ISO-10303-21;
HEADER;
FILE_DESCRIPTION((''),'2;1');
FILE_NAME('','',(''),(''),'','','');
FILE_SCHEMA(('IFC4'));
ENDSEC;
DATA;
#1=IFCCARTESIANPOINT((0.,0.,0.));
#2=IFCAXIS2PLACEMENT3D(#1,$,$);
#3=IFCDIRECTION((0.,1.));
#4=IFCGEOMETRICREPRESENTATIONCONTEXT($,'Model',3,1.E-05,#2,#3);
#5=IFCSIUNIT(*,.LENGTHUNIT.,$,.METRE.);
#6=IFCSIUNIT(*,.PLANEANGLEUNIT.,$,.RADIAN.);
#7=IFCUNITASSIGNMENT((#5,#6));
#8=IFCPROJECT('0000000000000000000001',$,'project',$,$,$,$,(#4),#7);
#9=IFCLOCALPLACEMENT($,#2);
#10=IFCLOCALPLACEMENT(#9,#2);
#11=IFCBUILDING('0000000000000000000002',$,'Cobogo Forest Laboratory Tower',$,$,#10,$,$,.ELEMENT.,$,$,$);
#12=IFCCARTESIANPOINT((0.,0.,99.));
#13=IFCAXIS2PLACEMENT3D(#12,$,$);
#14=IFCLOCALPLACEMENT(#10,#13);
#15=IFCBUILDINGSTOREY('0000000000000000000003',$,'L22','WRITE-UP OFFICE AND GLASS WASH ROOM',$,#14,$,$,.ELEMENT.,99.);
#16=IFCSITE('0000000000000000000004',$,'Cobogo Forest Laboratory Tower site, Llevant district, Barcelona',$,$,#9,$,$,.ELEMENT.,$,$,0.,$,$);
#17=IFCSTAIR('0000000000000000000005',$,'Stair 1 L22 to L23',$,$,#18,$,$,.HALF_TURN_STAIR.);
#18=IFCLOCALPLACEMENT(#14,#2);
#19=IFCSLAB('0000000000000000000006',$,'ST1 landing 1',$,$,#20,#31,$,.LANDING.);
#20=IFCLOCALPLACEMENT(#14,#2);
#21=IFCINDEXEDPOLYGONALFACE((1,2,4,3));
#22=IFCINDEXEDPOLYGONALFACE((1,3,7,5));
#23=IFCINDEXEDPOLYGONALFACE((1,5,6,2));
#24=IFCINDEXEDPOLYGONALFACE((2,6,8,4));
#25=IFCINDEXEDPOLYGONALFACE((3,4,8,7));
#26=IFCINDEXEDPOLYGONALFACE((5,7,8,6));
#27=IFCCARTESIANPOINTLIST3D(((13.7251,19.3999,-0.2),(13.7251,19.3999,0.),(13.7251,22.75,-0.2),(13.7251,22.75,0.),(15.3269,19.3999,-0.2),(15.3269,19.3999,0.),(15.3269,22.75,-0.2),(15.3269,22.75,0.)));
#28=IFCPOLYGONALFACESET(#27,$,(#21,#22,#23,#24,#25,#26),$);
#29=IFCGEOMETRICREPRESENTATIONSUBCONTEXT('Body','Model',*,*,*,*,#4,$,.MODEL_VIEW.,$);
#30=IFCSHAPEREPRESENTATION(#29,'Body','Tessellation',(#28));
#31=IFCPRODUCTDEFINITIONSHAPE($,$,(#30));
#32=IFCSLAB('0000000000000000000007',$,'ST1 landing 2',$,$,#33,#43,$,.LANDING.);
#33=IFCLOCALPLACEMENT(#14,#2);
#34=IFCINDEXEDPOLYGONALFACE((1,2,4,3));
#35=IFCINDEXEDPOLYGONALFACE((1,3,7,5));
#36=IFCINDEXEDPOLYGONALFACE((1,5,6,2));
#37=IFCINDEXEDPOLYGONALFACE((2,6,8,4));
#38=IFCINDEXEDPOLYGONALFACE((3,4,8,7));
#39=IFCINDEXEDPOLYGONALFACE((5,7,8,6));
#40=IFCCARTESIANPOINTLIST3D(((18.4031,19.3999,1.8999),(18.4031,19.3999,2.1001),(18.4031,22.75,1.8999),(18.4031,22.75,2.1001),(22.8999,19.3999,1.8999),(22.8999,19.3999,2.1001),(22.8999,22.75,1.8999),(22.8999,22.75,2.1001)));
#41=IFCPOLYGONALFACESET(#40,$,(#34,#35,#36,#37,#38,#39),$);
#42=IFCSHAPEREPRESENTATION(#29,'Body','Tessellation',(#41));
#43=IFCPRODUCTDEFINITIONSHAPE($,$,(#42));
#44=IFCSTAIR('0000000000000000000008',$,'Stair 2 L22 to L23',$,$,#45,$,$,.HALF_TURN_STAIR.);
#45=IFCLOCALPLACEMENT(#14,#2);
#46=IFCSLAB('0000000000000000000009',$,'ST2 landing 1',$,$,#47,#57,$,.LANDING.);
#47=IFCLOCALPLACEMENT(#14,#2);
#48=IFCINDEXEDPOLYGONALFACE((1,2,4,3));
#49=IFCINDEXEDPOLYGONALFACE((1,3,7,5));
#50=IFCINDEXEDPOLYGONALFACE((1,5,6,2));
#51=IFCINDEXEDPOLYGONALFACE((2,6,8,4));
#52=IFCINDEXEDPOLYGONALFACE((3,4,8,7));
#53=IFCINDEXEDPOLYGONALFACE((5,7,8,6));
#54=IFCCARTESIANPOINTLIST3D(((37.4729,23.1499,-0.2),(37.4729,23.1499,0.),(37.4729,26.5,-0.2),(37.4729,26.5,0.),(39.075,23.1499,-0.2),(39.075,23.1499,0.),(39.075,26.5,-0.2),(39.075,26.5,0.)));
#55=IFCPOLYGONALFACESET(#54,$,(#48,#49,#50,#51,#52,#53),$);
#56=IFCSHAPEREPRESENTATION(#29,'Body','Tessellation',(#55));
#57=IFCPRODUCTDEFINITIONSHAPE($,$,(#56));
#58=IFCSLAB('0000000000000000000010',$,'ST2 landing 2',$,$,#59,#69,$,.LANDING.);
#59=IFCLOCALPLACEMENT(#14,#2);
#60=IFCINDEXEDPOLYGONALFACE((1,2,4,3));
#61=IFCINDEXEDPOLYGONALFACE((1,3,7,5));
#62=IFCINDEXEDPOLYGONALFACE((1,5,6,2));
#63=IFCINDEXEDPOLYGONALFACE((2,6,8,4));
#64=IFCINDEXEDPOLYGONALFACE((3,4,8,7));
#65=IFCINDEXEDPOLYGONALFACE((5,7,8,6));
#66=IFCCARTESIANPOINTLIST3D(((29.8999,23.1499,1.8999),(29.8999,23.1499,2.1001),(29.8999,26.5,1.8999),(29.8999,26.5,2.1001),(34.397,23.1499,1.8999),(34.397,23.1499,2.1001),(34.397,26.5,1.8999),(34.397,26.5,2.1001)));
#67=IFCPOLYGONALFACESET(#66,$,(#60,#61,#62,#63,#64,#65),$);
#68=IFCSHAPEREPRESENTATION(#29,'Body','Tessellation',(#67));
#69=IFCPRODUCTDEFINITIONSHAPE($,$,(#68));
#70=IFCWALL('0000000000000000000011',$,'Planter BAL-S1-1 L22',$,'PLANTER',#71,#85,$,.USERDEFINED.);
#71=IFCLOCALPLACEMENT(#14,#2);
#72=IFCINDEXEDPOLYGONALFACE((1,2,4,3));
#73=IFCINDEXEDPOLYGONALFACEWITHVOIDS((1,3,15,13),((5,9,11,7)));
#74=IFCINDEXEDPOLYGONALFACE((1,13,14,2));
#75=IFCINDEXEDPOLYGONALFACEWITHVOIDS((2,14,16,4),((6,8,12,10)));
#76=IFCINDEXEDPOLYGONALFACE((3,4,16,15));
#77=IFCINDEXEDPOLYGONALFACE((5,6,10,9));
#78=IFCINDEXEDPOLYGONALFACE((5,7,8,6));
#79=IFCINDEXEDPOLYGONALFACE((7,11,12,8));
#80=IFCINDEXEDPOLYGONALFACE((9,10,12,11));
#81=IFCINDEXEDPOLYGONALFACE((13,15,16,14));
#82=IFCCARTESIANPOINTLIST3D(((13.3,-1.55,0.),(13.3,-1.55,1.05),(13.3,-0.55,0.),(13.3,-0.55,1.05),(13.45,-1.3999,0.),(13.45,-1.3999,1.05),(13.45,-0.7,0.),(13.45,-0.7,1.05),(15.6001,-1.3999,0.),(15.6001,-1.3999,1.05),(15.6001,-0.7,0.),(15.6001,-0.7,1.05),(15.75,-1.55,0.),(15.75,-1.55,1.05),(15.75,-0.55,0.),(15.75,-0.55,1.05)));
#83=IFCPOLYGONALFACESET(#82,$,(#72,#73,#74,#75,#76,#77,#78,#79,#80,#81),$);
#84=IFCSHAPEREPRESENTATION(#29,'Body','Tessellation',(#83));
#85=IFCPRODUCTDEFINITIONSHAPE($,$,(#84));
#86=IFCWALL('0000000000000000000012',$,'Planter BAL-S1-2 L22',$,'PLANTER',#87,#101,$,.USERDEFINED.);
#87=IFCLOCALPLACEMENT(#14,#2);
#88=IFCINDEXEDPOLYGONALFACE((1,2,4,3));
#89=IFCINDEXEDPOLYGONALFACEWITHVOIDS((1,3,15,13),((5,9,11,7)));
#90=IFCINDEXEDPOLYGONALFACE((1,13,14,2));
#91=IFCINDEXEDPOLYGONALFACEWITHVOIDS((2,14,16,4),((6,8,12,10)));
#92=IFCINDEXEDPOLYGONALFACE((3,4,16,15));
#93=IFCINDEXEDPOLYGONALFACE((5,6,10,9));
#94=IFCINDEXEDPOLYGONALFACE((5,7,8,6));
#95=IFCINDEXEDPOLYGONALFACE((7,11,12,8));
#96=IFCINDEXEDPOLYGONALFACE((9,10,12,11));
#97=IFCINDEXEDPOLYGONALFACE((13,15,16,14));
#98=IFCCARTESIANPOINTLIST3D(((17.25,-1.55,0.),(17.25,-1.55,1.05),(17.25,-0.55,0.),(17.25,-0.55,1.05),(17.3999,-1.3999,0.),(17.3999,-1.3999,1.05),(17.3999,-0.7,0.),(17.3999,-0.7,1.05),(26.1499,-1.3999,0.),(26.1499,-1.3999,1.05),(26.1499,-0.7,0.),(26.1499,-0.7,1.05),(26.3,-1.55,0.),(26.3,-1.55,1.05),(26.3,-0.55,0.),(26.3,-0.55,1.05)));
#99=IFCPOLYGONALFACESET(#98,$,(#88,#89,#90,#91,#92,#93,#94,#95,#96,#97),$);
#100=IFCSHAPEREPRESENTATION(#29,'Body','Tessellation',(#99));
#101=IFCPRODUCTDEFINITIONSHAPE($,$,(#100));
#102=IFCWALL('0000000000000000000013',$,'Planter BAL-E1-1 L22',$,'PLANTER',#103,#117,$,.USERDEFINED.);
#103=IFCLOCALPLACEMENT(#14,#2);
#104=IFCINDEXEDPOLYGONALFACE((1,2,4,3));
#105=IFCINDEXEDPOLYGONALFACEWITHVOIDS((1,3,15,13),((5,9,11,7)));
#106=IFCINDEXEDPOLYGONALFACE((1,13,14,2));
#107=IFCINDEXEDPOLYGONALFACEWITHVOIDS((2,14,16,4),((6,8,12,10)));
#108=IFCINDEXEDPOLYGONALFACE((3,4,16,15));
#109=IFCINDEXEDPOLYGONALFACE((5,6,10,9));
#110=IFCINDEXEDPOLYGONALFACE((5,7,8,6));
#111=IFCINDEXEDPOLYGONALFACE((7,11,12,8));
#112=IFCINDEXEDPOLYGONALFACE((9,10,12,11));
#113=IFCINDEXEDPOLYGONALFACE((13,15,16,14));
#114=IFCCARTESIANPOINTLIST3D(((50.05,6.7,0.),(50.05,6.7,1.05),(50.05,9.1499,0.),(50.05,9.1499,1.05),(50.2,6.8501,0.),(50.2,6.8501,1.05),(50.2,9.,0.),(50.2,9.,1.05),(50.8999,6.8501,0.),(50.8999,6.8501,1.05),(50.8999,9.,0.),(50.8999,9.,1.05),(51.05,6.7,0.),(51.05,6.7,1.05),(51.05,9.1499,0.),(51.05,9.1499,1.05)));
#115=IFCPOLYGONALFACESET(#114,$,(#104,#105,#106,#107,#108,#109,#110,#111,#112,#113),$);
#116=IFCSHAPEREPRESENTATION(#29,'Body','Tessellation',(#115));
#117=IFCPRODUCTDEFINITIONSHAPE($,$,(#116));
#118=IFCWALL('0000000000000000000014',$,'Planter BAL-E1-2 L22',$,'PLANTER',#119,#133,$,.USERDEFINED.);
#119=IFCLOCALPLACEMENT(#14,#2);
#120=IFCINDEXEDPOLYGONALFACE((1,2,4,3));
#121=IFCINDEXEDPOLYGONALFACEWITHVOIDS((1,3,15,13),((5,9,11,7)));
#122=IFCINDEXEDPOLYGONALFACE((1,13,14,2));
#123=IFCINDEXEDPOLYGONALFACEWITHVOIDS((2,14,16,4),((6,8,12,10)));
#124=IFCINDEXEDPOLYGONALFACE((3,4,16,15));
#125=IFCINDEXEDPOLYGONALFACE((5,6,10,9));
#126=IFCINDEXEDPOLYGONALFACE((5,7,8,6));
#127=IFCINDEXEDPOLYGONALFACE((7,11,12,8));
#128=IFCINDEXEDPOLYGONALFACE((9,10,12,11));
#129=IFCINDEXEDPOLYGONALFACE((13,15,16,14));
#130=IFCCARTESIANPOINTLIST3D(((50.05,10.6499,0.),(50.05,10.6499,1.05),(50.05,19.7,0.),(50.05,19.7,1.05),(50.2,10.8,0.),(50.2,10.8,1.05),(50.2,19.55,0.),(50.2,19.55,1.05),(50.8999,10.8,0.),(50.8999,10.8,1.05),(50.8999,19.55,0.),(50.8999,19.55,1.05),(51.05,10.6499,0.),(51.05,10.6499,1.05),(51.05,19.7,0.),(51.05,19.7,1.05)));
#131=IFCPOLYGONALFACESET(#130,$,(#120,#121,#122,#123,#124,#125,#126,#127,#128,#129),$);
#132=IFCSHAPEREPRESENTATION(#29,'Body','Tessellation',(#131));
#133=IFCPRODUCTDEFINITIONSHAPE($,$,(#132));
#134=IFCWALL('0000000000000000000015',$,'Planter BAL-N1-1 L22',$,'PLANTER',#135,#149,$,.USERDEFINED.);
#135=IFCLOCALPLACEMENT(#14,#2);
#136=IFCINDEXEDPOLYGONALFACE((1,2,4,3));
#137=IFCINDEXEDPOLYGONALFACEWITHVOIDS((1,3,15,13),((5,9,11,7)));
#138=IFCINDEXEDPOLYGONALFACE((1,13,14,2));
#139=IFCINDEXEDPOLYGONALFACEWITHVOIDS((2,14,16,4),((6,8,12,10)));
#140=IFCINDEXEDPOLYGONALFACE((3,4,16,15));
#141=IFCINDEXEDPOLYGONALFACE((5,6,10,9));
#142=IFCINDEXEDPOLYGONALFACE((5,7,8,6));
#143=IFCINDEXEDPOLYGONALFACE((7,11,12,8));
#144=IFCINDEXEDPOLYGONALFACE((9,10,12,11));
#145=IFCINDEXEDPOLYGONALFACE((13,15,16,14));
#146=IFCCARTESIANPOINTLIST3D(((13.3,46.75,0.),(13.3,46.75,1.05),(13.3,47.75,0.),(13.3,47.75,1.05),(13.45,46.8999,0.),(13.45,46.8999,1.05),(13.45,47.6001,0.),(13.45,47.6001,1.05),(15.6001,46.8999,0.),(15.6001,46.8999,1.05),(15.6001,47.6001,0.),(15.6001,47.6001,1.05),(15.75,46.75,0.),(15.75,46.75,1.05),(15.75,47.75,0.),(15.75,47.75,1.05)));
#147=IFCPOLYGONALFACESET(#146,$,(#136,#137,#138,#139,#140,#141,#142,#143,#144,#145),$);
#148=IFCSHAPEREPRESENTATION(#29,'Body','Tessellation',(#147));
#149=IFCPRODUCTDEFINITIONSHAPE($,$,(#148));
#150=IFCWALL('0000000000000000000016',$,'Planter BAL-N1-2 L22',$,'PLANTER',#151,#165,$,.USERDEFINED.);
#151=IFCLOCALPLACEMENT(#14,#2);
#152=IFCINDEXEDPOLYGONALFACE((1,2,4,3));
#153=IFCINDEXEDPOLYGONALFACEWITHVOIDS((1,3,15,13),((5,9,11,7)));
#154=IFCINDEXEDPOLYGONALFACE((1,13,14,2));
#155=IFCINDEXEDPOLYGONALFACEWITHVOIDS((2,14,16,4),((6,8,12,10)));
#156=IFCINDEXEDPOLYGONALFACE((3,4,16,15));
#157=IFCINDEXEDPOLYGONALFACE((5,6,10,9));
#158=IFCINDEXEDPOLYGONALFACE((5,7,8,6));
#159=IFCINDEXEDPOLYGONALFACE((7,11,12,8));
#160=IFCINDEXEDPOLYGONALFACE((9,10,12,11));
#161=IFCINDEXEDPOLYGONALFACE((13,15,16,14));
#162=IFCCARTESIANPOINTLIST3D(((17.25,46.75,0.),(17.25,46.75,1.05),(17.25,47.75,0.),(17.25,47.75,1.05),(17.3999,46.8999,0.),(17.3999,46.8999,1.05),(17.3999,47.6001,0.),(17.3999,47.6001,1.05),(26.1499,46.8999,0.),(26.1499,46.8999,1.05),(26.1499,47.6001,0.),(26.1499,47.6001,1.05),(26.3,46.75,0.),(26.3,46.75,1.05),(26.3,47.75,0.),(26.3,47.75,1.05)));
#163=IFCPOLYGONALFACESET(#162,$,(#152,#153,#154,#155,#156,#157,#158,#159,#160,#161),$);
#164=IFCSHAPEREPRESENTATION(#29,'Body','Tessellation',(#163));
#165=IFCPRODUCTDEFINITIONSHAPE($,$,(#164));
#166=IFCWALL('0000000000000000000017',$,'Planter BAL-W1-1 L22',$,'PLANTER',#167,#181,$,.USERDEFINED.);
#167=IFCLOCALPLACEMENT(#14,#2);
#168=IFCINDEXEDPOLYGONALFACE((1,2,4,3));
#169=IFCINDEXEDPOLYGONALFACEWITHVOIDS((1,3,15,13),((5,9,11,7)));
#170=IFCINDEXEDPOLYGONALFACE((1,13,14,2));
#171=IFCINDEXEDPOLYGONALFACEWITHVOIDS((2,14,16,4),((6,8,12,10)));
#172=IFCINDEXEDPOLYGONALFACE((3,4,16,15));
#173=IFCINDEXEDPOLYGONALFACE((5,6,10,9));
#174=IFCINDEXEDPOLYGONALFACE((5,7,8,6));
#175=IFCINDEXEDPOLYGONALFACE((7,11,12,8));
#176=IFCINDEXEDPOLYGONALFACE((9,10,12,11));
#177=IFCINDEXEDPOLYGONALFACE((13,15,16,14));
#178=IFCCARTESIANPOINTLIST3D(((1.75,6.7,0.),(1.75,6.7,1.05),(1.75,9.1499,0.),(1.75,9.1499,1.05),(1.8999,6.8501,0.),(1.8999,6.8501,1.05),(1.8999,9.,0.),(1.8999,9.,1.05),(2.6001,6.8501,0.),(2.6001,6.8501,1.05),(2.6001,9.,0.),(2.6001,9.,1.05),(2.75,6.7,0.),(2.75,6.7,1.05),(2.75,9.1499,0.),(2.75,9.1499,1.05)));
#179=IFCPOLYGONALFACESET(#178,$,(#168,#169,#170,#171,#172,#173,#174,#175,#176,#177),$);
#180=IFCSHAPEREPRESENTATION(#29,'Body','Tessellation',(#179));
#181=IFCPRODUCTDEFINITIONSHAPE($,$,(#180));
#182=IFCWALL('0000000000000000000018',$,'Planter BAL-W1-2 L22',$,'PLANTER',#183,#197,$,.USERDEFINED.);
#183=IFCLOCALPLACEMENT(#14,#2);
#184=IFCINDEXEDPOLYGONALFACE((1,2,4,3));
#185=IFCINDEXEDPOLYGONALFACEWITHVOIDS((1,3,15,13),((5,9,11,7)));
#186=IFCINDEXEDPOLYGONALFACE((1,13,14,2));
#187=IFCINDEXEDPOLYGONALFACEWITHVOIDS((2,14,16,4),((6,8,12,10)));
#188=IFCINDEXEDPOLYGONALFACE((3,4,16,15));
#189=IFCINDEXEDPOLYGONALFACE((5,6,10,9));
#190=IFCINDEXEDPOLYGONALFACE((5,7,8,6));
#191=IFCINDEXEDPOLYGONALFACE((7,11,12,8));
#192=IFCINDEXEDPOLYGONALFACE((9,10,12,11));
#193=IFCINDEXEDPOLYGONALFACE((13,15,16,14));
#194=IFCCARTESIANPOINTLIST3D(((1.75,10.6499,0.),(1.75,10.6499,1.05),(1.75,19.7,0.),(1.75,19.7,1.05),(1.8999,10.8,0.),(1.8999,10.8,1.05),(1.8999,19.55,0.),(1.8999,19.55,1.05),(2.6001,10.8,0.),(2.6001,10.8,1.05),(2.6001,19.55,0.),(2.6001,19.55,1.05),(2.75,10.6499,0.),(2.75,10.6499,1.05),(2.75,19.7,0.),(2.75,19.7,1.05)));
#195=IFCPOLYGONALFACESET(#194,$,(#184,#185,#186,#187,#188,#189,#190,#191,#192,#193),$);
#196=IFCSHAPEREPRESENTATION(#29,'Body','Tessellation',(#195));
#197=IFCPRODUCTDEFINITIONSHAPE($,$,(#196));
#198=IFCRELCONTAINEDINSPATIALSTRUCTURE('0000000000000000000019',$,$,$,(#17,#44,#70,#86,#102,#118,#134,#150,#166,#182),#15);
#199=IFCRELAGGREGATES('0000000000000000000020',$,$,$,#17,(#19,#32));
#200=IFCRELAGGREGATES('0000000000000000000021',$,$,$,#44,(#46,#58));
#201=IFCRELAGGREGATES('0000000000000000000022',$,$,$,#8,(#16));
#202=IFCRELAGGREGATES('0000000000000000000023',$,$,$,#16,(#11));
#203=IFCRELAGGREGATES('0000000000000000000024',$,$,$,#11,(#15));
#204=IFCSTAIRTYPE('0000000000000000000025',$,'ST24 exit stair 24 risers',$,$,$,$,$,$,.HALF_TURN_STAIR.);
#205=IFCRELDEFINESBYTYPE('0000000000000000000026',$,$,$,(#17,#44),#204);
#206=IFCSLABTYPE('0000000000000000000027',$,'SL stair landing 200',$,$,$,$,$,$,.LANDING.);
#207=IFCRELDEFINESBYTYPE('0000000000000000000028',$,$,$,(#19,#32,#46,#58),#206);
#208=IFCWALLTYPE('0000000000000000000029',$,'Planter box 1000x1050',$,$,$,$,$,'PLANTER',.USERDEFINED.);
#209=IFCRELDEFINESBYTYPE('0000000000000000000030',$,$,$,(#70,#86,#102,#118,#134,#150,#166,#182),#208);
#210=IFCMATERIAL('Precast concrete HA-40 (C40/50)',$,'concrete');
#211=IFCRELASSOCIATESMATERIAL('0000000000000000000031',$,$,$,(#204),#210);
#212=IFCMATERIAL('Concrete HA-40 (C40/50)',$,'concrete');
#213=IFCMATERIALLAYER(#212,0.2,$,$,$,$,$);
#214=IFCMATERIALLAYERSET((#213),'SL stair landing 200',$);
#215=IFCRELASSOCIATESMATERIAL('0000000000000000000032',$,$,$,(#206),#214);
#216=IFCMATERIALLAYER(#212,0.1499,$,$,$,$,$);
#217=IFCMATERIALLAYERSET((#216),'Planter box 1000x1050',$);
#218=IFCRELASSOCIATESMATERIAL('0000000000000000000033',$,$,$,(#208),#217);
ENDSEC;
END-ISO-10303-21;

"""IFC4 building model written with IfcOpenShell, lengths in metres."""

from ifc_helpers import new_model, si_unit, direction, frame, origin, place, context, subcontext, project, spatial, polyline, outline, extrude, material, layer, layer_set, type_object, element, aggregate, save


model = new_model("IFC4")

# Units and contexts
model_context = context("Model", 3, precision=1e-05, world=origin(), true_north=direction((0.0, 1.0)))
body_context = subcontext(model_context, "Body", "Model", "MODEL_VIEW")
ifc_project = project(units=[si_unit("LENGTHUNIT", "METRE"), si_unit("PLANEANGLEUNIT", "RADIAN")], contexts=[model_context])

# Site, building, storey
site_placement = place(None, origin())
site = spatial("IfcSite", under=ifc_project, at=site_placement, Name="Cobogo Forest Laboratory Tower site, Llevant district, Barcelona", CompositionType="ELEMENT", RefElevation=0.0)
building_placement = place(site_placement, origin())
building = spatial("IfcBuilding", under=site, at=building_placement, Name="Cobogo Forest Laboratory Tower", CompositionType="ELEMENT")
storey_placement = place(building_placement, frame((0.0, 0.0, 99.0)))
storey = spatial("IfcBuildingStorey", under=building, at=storey_placement, Name="L22", Description="WRITE-UP OFFICE AND GLASS WASH ROOM", CompositionType="ELEMENT", Elevation=99.0)

# Shared definitions
ifc_material_1 = material(Name="Concrete HA-40 (C40/50)", Category="concrete")

# Stairs, slabs
ifc_material_2 = material(Name="Precast concrete HA-40 (C40/50)", Category="concrete")
stair_type = type_object("IfcStairType", Name="ST24 exit stair 24 risers", PredefinedType="HALF_TURN_STAIR", material=ifc_material_2)
stair_1_placement = place(storey_placement, origin())
stair_1 = element("IfcStair", 1, at=stair_1_placement, inside=storey, type_object=stair_type, Name="Stair 1 L22 to L23", PredefinedType="HALF_TURN_STAIR")
ifc_layer_1 = layer(ifc_material_1, 0.2)
ifc_layer_set_1 = layer_set([ifc_layer_1], Name="SL stair landing 200")
slab_type_1 = type_object("IfcSlabType", Name="SL stair landing 200", PredefinedType="LANDING", material=ifc_layer_set_1)
slab_1_placement = place(storey_placement, frame((0.0, 0.0, -0.2)))
slab_1 = element("IfcSlab", 2, at=slab_1_placement, type_object=slab_type_1, Name="ST1 landing 1", PredefinedType="LANDING", context=body_context, shape_type="SweptSolid", body=[
    extrude(outline(polyline([(13.7251, 19.3999), (15.3269, 19.3999), (15.3269, 22.75), (13.7251, 22.75), (13.7251, 19.3999)])), origin(), (0.0, 0.0, 1.0), 0.2),
])
slab_2_placement = place(storey_placement, frame((0.0, 0.0, 1.8999)))
slab_2 = element("IfcSlab", 3, at=slab_2_placement, type_object=slab_type_1, Name="ST1 landing 2", PredefinedType="LANDING", context=body_context, shape_type="SweptSolid", body=[
    extrude(outline(polyline([(18.4031, 19.3999), (22.8999, 19.3999), (22.8999, 22.75), (18.4031, 22.75), (18.4031, 19.3999)])), origin(), (0.0, 0.0, 1.0), 0.2002),
])
aggregate(stair_1, [slab_1, slab_2])
stair_2_placement = place(storey_placement, origin())
stair_2 = element("IfcStair", 4, at=stair_2_placement, inside=storey, type_object=stair_type, Name="Stair 2 L22 to L23", PredefinedType="HALF_TURN_STAIR")
slab_3_placement = place(storey_placement, frame((0.0, 0.0, -0.2)))
slab_3 = element("IfcSlab", 5, at=slab_3_placement, type_object=slab_type_1, Name="ST2 landing 1", PredefinedType="LANDING", context=body_context, shape_type="SweptSolid", body=[
    extrude(outline(polyline([(37.4729, 23.1499), (39.075, 23.1499), (39.075, 26.5), (37.4729, 26.5), (37.4729, 23.1499)])), origin(), (0.0, 0.0, 1.0), 0.2),
])
slab_4_placement = place(storey_placement, frame((0.0, 0.0, 1.8999)))
slab_4 = element("IfcSlab", 6, at=slab_4_placement, type_object=slab_type_1, Name="ST2 landing 2", PredefinedType="LANDING", context=body_context, shape_type="SweptSolid", body=[
    extrude(outline(polyline([(29.8999, 23.1499), (34.397, 23.1499), (34.397, 26.5), (29.8999, 26.5), (29.8999, 23.1499)])), origin(), (0.0, 0.0, 1.0), 0.2002),
])
aggregate(stair_2, [slab_3, slab_4])

# Walls
ifc_layer_2 = layer(ifc_material_1, 0.1499)
ifc_layer_set_2 = layer_set([ifc_layer_2], Name="Planter box 1000x1050")
wall_type = type_object("IfcWallType", Name="Planter box 1000x1050", ElementType="PLANTER", PredefinedType="USERDEFINED", material=ifc_layer_set_2)
wall_1_placement = place(storey_placement, origin())
element("IfcWall", 7, at=wall_1_placement, inside=storey, type_object=wall_type, Name="Planter BAL-S1-1 L22", ObjectType="PLANTER", PredefinedType="USERDEFINED", context=body_context, shape_type="SweptSolid", body=[
    extrude(outline(polyline([(13.3, -1.55), (15.75, -1.55), (15.75, -0.55), (13.3, -0.55), (13.3, -1.55)]), holes=[polyline([(13.45, -1.3999), (15.6001, -1.3999), (15.6001, -0.7), (13.45, -0.7), (13.45, -1.3999)])]), origin(), (0.0, 0.0, 1.0), 1.05),
])
wall_2_placement = place(storey_placement, origin())
element("IfcWall", 8, at=wall_2_placement, inside=storey, type_object=wall_type, Name="Planter BAL-S1-2 L22", ObjectType="PLANTER", PredefinedType="USERDEFINED", context=body_context, shape_type="SweptSolid", body=[
    extrude(outline(polyline([(17.25, -1.55), (26.3, -1.55), (26.3, -0.55), (17.25, -0.55), (17.25, -1.55)]), holes=[polyline([(17.3999, -1.3999), (26.1499, -1.3999), (26.1499, -0.7), (17.3999, -0.7), (17.3999, -1.3999)])]), origin(), (0.0, 0.0, 1.0), 1.05),
])
wall_3_placement = place(storey_placement, origin())
element("IfcWall", 9, at=wall_3_placement, inside=storey, type_object=wall_type, Name="Planter BAL-E1-1 L22", ObjectType="PLANTER", PredefinedType="USERDEFINED", context=body_context, shape_type="SweptSolid", body=[
    extrude(outline(polyline([(50.05, 6.7), (51.05, 6.7), (51.05, 9.1499), (50.05, 9.1499), (50.05, 6.7)]), holes=[polyline([(50.2, 6.8501), (50.8999, 6.8501), (50.8999, 9.0), (50.2, 9.0), (50.2, 6.8501)])]), origin(), (0.0, 0.0, 1.0), 1.05),
])
wall_4_placement = place(storey_placement, origin())
element("IfcWall", 10, at=wall_4_placement, inside=storey, type_object=wall_type, Name="Planter BAL-E1-2 L22", ObjectType="PLANTER", PredefinedType="USERDEFINED", context=body_context, shape_type="SweptSolid", body=[
    extrude(outline(polyline([(50.05, 10.6499), (51.05, 10.6499), (51.05, 19.7), (50.05, 19.7), (50.05, 10.6499)]), holes=[polyline([(50.2, 10.8), (50.8999, 10.8), (50.8999, 19.55), (50.2, 19.55), (50.2, 10.8)])]), origin(), (0.0, 0.0, 1.0), 1.05),
])
wall_5_placement = place(storey_placement, origin())
element("IfcWall", 11, at=wall_5_placement, inside=storey, type_object=wall_type, Name="Planter BAL-N1-1 L22", ObjectType="PLANTER", PredefinedType="USERDEFINED", context=body_context, shape_type="SweptSolid", body=[
    extrude(outline(polyline([(13.3, 46.75), (15.75, 46.75), (15.75, 47.75), (13.3, 47.75), (13.3, 46.75)]), holes=[polyline([(13.45, 46.8999), (15.6001, 46.8999), (15.6001, 47.6001), (13.45, 47.6001), (13.45, 46.8999)])]), origin(), (0.0, 0.0, 1.0), 1.05),
])
wall_6_placement = place(storey_placement, origin())
element("IfcWall", 12, at=wall_6_placement, inside=storey, type_object=wall_type, Name="Planter BAL-N1-2 L22", ObjectType="PLANTER", PredefinedType="USERDEFINED", context=body_context, shape_type="SweptSolid", body=[
    extrude(outline(polyline([(17.25, 46.75), (26.3, 46.75), (26.3, 47.75), (17.25, 47.75), (17.25, 46.75)]), holes=[polyline([(17.3999, 46.8999), (26.1499, 46.8999), (26.1499, 47.6001), (17.3999, 47.6001), (17.3999, 46.8999)])]), origin(), (0.0, 0.0, 1.0), 1.05),
])
wall_7_placement = place(storey_placement, origin())
element("IfcWall", 13, at=wall_7_placement, inside=storey, type_object=wall_type, Name="Planter BAL-W1-1 L22", ObjectType="PLANTER", PredefinedType="USERDEFINED", context=body_context, shape_type="SweptSolid", body=[
    extrude(outline(polyline([(1.75, 6.7), (2.75, 6.7), (2.75, 9.1499), (1.75, 9.1499), (1.75, 6.7)]), holes=[polyline([(1.8999, 6.8501), (2.6001, 6.8501), (2.6001, 9.0), (1.8999, 9.0), (1.8999, 6.8501)])]), origin(), (0.0, 0.0, 1.0), 1.05),
])
wall_8_placement = place(storey_placement, origin())
element("IfcWall", 14, at=wall_8_placement, inside=storey, type_object=wall_type, Name="Planter BAL-W1-2 L22", ObjectType="PLANTER", PredefinedType="USERDEFINED", context=body_context, shape_type="SweptSolid", body=[
    extrude(outline(polyline([(1.75, 10.6499), (2.75, 10.6499), (2.75, 19.7), (1.75, 19.7), (1.75, 10.6499)]), holes=[polyline([(1.8999, 10.8), (2.6001, 10.8), (2.6001, 19.55), (1.8999, 19.55), (1.8999, 10.8)])]), origin(), (0.0, 0.0, 1.0), 1.05),
])

save(model, "model.ifc")
